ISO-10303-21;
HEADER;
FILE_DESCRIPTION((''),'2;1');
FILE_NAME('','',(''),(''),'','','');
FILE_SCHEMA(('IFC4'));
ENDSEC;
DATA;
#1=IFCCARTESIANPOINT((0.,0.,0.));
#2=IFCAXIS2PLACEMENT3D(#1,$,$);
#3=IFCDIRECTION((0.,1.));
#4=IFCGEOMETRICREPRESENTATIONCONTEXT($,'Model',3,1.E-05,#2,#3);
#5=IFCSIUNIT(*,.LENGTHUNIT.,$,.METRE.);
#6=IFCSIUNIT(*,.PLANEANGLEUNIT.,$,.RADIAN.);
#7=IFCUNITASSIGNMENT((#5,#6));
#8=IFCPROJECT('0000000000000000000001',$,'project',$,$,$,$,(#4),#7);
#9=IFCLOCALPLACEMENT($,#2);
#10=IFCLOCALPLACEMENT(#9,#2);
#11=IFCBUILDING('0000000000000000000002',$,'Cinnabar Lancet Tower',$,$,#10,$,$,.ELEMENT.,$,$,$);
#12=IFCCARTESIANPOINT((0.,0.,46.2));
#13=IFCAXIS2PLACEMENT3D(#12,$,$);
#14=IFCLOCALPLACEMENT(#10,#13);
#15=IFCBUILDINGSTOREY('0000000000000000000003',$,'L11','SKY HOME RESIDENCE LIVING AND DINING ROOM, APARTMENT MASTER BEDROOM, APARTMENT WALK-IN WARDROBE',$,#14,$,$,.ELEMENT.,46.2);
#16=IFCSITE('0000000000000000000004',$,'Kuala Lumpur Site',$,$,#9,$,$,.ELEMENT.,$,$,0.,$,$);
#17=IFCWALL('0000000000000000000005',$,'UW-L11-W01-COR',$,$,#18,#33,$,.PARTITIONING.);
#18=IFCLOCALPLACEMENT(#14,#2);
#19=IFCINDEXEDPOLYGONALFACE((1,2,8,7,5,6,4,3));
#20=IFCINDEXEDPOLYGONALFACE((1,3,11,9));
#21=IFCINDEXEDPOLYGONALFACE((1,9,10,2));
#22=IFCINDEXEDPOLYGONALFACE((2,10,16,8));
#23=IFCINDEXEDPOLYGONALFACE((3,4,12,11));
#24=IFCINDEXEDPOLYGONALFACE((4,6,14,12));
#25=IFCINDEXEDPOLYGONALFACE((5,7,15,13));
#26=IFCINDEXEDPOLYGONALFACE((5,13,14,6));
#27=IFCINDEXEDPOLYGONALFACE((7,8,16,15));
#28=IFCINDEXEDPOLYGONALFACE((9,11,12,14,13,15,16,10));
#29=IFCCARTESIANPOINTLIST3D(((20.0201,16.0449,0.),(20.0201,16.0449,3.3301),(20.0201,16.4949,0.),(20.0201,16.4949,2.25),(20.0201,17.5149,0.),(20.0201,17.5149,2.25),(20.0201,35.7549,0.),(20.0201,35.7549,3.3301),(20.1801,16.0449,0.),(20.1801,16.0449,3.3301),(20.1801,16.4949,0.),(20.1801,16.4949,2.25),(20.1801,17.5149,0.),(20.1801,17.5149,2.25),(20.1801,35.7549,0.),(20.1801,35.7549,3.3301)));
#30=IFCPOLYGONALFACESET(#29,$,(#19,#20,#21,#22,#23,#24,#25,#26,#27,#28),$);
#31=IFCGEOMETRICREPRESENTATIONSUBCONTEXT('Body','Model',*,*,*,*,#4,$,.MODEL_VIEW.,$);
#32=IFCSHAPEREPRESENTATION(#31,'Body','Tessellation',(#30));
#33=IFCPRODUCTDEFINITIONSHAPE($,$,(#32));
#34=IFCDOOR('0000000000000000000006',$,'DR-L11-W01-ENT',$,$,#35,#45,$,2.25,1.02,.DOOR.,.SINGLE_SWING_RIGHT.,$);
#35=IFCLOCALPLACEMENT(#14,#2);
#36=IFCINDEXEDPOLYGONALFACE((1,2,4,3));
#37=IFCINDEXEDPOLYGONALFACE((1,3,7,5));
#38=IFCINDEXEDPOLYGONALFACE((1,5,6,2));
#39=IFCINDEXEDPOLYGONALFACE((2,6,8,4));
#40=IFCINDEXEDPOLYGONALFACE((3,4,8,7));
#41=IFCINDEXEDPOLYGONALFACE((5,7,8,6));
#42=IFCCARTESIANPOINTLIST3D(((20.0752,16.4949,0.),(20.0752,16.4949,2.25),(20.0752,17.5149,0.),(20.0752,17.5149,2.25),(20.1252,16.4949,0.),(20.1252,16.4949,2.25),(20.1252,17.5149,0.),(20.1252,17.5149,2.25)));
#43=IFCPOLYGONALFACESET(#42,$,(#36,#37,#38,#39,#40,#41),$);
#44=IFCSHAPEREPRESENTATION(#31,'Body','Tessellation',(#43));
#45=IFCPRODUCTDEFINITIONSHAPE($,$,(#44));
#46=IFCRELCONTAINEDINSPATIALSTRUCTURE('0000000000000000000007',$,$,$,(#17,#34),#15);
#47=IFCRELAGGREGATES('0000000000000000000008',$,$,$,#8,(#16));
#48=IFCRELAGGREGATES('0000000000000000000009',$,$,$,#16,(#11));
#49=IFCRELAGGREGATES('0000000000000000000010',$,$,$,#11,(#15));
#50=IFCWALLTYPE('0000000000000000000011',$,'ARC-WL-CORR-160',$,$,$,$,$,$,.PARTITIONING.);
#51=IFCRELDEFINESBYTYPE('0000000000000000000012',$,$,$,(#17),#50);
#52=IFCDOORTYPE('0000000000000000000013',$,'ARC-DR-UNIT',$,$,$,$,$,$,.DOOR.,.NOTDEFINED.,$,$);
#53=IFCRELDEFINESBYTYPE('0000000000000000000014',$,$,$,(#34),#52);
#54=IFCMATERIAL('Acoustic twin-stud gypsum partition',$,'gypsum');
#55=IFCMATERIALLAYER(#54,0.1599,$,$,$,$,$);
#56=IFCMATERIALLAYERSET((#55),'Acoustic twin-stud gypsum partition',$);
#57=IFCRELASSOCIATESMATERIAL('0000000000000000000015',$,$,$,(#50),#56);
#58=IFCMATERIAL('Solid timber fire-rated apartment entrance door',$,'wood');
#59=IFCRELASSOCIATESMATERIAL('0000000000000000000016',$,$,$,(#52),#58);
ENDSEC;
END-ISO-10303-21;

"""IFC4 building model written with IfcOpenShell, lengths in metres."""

from ifc_helpers import new_model, si_unit, direction, frame, frame_2d, origin, place, context, subcontext, project, spatial, rectangle, extrude, material, layer, layer_set, type_object, element, fill, save


model = new_model("IFC4")

# Units and contexts
model_context = context("Model", 3, precision=1e-05, world=origin(), true_north=direction((0.0, 1.0)))
body_context = subcontext(model_context, "Body", "Model", "MODEL_VIEW")
ifc_project = project(units=[si_unit("LENGTHUNIT", "METRE"), si_unit("PLANEANGLEUNIT", "RADIAN")], contexts=[model_context])

# Site, building, storey
site_placement = place(None, origin())
site = spatial("IfcSite", under=ifc_project, at=site_placement, Name="Kuala Lumpur Site", CompositionType="ELEMENT", RefElevation=0.0)
building_placement = place(site_placement, origin())
building = spatial("IfcBuilding", under=site, at=building_placement, Name="Cinnabar Lancet Tower", CompositionType="ELEMENT")
storey_placement = place(building_placement, frame((0.0, 0.0, 46.2)))
storey = spatial("IfcBuildingStorey", under=building, at=storey_placement, Name="L11", Description="SKY HOME RESIDENCE LIVING AND DINING ROOM, APARTMENT MASTER BEDROOM, APARTMENT WALK-IN WARDROBE", CompositionType="ELEMENT", Elevation=46.2)

# Wall, opening, door
ifc_material_1 = material(Name="Acoustic twin-stud gypsum partition", Category="gypsum")
ifc_layer = layer(ifc_material_1, 0.1599)
ifc_layer_set = layer_set([ifc_layer], Name="Acoustic twin-stud gypsum partition")
wall_type = type_object("IfcWallType", Name="ARC-WL-CORR-160", PredefinedType="PARTITIONING", material=ifc_layer_set)
ifc_material_2 = material(Name="Solid timber fire-rated apartment entrance door", Category="wood")
door_type = type_object("IfcDoorType", Name="ARC-DR-UNIT", OperationType="NOTDEFINED", PredefinedType="DOOR", material=ifc_material_2)
wall_1_placement = place(storey_placement, frame((20.1001, 16.0449, 0.0), z_axis=(0.0, 0.0, 1.0), x_axis=(0.0, 1.0, 0.0)))
wall_1 = element("IfcWall", 1, at=wall_1_placement, inside=storey, type_object=wall_type, Name="UW-L11-W01-COR", PredefinedType="PARTITIONING", context=body_context, shape_type="SweptSolid", body=[
    extrude(rectangle(XDim=19.71, YDim=0.1599, at=frame_2d((9.855, 0.0))), origin(), (0.0, 0.0, 1.0), 3.3301),
])
opening_1_placement = place(wall_1_placement, frame((0.45, 0.0, 0.0)))
opening_1 = element("IfcOpeningElement", 2, at=opening_1_placement, cuts=wall_1, PredefinedType="OPENING", context=body_context, shape_type="SweptSolid", body=[
    extrude(rectangle(XDim=1.02, YDim=2.25, at=frame_2d((0.51, 1.125))), frame((0.0, 0.0898, 0.0), z_axis=(0.0, -1.0, 0.0), x_axis=(1.0, 0.0, 0.0)), (0.0, 0.0, 1.0), 0.1799),
])
door_1_placement = place(opening_1_placement, origin())
door_1 = element("IfcDoor", 3, at=door_1_placement, inside=storey, type_object=door_type, Name="DR-L11-W01-ENT", OperationType="SINGLE_SWING_RIGHT", OverallHeight=2.25, OverallWidth=1.02, PredefinedType="DOOR", context=body_context, shape_type="SweptSolid", body=[
    extrude(rectangle(XDim=1.02, YDim=2.25, at=frame_2d((0.51, 1.125))), frame((0.0, 0.0249, 0.0), z_axis=(0.0, -1.0, 0.0), x_axis=(1.0, 0.0, 0.0)), (0.0, 0.0, 1.0), 0.05),
])
fill(opening_1, door_1)

save(model, "model.ifc")
